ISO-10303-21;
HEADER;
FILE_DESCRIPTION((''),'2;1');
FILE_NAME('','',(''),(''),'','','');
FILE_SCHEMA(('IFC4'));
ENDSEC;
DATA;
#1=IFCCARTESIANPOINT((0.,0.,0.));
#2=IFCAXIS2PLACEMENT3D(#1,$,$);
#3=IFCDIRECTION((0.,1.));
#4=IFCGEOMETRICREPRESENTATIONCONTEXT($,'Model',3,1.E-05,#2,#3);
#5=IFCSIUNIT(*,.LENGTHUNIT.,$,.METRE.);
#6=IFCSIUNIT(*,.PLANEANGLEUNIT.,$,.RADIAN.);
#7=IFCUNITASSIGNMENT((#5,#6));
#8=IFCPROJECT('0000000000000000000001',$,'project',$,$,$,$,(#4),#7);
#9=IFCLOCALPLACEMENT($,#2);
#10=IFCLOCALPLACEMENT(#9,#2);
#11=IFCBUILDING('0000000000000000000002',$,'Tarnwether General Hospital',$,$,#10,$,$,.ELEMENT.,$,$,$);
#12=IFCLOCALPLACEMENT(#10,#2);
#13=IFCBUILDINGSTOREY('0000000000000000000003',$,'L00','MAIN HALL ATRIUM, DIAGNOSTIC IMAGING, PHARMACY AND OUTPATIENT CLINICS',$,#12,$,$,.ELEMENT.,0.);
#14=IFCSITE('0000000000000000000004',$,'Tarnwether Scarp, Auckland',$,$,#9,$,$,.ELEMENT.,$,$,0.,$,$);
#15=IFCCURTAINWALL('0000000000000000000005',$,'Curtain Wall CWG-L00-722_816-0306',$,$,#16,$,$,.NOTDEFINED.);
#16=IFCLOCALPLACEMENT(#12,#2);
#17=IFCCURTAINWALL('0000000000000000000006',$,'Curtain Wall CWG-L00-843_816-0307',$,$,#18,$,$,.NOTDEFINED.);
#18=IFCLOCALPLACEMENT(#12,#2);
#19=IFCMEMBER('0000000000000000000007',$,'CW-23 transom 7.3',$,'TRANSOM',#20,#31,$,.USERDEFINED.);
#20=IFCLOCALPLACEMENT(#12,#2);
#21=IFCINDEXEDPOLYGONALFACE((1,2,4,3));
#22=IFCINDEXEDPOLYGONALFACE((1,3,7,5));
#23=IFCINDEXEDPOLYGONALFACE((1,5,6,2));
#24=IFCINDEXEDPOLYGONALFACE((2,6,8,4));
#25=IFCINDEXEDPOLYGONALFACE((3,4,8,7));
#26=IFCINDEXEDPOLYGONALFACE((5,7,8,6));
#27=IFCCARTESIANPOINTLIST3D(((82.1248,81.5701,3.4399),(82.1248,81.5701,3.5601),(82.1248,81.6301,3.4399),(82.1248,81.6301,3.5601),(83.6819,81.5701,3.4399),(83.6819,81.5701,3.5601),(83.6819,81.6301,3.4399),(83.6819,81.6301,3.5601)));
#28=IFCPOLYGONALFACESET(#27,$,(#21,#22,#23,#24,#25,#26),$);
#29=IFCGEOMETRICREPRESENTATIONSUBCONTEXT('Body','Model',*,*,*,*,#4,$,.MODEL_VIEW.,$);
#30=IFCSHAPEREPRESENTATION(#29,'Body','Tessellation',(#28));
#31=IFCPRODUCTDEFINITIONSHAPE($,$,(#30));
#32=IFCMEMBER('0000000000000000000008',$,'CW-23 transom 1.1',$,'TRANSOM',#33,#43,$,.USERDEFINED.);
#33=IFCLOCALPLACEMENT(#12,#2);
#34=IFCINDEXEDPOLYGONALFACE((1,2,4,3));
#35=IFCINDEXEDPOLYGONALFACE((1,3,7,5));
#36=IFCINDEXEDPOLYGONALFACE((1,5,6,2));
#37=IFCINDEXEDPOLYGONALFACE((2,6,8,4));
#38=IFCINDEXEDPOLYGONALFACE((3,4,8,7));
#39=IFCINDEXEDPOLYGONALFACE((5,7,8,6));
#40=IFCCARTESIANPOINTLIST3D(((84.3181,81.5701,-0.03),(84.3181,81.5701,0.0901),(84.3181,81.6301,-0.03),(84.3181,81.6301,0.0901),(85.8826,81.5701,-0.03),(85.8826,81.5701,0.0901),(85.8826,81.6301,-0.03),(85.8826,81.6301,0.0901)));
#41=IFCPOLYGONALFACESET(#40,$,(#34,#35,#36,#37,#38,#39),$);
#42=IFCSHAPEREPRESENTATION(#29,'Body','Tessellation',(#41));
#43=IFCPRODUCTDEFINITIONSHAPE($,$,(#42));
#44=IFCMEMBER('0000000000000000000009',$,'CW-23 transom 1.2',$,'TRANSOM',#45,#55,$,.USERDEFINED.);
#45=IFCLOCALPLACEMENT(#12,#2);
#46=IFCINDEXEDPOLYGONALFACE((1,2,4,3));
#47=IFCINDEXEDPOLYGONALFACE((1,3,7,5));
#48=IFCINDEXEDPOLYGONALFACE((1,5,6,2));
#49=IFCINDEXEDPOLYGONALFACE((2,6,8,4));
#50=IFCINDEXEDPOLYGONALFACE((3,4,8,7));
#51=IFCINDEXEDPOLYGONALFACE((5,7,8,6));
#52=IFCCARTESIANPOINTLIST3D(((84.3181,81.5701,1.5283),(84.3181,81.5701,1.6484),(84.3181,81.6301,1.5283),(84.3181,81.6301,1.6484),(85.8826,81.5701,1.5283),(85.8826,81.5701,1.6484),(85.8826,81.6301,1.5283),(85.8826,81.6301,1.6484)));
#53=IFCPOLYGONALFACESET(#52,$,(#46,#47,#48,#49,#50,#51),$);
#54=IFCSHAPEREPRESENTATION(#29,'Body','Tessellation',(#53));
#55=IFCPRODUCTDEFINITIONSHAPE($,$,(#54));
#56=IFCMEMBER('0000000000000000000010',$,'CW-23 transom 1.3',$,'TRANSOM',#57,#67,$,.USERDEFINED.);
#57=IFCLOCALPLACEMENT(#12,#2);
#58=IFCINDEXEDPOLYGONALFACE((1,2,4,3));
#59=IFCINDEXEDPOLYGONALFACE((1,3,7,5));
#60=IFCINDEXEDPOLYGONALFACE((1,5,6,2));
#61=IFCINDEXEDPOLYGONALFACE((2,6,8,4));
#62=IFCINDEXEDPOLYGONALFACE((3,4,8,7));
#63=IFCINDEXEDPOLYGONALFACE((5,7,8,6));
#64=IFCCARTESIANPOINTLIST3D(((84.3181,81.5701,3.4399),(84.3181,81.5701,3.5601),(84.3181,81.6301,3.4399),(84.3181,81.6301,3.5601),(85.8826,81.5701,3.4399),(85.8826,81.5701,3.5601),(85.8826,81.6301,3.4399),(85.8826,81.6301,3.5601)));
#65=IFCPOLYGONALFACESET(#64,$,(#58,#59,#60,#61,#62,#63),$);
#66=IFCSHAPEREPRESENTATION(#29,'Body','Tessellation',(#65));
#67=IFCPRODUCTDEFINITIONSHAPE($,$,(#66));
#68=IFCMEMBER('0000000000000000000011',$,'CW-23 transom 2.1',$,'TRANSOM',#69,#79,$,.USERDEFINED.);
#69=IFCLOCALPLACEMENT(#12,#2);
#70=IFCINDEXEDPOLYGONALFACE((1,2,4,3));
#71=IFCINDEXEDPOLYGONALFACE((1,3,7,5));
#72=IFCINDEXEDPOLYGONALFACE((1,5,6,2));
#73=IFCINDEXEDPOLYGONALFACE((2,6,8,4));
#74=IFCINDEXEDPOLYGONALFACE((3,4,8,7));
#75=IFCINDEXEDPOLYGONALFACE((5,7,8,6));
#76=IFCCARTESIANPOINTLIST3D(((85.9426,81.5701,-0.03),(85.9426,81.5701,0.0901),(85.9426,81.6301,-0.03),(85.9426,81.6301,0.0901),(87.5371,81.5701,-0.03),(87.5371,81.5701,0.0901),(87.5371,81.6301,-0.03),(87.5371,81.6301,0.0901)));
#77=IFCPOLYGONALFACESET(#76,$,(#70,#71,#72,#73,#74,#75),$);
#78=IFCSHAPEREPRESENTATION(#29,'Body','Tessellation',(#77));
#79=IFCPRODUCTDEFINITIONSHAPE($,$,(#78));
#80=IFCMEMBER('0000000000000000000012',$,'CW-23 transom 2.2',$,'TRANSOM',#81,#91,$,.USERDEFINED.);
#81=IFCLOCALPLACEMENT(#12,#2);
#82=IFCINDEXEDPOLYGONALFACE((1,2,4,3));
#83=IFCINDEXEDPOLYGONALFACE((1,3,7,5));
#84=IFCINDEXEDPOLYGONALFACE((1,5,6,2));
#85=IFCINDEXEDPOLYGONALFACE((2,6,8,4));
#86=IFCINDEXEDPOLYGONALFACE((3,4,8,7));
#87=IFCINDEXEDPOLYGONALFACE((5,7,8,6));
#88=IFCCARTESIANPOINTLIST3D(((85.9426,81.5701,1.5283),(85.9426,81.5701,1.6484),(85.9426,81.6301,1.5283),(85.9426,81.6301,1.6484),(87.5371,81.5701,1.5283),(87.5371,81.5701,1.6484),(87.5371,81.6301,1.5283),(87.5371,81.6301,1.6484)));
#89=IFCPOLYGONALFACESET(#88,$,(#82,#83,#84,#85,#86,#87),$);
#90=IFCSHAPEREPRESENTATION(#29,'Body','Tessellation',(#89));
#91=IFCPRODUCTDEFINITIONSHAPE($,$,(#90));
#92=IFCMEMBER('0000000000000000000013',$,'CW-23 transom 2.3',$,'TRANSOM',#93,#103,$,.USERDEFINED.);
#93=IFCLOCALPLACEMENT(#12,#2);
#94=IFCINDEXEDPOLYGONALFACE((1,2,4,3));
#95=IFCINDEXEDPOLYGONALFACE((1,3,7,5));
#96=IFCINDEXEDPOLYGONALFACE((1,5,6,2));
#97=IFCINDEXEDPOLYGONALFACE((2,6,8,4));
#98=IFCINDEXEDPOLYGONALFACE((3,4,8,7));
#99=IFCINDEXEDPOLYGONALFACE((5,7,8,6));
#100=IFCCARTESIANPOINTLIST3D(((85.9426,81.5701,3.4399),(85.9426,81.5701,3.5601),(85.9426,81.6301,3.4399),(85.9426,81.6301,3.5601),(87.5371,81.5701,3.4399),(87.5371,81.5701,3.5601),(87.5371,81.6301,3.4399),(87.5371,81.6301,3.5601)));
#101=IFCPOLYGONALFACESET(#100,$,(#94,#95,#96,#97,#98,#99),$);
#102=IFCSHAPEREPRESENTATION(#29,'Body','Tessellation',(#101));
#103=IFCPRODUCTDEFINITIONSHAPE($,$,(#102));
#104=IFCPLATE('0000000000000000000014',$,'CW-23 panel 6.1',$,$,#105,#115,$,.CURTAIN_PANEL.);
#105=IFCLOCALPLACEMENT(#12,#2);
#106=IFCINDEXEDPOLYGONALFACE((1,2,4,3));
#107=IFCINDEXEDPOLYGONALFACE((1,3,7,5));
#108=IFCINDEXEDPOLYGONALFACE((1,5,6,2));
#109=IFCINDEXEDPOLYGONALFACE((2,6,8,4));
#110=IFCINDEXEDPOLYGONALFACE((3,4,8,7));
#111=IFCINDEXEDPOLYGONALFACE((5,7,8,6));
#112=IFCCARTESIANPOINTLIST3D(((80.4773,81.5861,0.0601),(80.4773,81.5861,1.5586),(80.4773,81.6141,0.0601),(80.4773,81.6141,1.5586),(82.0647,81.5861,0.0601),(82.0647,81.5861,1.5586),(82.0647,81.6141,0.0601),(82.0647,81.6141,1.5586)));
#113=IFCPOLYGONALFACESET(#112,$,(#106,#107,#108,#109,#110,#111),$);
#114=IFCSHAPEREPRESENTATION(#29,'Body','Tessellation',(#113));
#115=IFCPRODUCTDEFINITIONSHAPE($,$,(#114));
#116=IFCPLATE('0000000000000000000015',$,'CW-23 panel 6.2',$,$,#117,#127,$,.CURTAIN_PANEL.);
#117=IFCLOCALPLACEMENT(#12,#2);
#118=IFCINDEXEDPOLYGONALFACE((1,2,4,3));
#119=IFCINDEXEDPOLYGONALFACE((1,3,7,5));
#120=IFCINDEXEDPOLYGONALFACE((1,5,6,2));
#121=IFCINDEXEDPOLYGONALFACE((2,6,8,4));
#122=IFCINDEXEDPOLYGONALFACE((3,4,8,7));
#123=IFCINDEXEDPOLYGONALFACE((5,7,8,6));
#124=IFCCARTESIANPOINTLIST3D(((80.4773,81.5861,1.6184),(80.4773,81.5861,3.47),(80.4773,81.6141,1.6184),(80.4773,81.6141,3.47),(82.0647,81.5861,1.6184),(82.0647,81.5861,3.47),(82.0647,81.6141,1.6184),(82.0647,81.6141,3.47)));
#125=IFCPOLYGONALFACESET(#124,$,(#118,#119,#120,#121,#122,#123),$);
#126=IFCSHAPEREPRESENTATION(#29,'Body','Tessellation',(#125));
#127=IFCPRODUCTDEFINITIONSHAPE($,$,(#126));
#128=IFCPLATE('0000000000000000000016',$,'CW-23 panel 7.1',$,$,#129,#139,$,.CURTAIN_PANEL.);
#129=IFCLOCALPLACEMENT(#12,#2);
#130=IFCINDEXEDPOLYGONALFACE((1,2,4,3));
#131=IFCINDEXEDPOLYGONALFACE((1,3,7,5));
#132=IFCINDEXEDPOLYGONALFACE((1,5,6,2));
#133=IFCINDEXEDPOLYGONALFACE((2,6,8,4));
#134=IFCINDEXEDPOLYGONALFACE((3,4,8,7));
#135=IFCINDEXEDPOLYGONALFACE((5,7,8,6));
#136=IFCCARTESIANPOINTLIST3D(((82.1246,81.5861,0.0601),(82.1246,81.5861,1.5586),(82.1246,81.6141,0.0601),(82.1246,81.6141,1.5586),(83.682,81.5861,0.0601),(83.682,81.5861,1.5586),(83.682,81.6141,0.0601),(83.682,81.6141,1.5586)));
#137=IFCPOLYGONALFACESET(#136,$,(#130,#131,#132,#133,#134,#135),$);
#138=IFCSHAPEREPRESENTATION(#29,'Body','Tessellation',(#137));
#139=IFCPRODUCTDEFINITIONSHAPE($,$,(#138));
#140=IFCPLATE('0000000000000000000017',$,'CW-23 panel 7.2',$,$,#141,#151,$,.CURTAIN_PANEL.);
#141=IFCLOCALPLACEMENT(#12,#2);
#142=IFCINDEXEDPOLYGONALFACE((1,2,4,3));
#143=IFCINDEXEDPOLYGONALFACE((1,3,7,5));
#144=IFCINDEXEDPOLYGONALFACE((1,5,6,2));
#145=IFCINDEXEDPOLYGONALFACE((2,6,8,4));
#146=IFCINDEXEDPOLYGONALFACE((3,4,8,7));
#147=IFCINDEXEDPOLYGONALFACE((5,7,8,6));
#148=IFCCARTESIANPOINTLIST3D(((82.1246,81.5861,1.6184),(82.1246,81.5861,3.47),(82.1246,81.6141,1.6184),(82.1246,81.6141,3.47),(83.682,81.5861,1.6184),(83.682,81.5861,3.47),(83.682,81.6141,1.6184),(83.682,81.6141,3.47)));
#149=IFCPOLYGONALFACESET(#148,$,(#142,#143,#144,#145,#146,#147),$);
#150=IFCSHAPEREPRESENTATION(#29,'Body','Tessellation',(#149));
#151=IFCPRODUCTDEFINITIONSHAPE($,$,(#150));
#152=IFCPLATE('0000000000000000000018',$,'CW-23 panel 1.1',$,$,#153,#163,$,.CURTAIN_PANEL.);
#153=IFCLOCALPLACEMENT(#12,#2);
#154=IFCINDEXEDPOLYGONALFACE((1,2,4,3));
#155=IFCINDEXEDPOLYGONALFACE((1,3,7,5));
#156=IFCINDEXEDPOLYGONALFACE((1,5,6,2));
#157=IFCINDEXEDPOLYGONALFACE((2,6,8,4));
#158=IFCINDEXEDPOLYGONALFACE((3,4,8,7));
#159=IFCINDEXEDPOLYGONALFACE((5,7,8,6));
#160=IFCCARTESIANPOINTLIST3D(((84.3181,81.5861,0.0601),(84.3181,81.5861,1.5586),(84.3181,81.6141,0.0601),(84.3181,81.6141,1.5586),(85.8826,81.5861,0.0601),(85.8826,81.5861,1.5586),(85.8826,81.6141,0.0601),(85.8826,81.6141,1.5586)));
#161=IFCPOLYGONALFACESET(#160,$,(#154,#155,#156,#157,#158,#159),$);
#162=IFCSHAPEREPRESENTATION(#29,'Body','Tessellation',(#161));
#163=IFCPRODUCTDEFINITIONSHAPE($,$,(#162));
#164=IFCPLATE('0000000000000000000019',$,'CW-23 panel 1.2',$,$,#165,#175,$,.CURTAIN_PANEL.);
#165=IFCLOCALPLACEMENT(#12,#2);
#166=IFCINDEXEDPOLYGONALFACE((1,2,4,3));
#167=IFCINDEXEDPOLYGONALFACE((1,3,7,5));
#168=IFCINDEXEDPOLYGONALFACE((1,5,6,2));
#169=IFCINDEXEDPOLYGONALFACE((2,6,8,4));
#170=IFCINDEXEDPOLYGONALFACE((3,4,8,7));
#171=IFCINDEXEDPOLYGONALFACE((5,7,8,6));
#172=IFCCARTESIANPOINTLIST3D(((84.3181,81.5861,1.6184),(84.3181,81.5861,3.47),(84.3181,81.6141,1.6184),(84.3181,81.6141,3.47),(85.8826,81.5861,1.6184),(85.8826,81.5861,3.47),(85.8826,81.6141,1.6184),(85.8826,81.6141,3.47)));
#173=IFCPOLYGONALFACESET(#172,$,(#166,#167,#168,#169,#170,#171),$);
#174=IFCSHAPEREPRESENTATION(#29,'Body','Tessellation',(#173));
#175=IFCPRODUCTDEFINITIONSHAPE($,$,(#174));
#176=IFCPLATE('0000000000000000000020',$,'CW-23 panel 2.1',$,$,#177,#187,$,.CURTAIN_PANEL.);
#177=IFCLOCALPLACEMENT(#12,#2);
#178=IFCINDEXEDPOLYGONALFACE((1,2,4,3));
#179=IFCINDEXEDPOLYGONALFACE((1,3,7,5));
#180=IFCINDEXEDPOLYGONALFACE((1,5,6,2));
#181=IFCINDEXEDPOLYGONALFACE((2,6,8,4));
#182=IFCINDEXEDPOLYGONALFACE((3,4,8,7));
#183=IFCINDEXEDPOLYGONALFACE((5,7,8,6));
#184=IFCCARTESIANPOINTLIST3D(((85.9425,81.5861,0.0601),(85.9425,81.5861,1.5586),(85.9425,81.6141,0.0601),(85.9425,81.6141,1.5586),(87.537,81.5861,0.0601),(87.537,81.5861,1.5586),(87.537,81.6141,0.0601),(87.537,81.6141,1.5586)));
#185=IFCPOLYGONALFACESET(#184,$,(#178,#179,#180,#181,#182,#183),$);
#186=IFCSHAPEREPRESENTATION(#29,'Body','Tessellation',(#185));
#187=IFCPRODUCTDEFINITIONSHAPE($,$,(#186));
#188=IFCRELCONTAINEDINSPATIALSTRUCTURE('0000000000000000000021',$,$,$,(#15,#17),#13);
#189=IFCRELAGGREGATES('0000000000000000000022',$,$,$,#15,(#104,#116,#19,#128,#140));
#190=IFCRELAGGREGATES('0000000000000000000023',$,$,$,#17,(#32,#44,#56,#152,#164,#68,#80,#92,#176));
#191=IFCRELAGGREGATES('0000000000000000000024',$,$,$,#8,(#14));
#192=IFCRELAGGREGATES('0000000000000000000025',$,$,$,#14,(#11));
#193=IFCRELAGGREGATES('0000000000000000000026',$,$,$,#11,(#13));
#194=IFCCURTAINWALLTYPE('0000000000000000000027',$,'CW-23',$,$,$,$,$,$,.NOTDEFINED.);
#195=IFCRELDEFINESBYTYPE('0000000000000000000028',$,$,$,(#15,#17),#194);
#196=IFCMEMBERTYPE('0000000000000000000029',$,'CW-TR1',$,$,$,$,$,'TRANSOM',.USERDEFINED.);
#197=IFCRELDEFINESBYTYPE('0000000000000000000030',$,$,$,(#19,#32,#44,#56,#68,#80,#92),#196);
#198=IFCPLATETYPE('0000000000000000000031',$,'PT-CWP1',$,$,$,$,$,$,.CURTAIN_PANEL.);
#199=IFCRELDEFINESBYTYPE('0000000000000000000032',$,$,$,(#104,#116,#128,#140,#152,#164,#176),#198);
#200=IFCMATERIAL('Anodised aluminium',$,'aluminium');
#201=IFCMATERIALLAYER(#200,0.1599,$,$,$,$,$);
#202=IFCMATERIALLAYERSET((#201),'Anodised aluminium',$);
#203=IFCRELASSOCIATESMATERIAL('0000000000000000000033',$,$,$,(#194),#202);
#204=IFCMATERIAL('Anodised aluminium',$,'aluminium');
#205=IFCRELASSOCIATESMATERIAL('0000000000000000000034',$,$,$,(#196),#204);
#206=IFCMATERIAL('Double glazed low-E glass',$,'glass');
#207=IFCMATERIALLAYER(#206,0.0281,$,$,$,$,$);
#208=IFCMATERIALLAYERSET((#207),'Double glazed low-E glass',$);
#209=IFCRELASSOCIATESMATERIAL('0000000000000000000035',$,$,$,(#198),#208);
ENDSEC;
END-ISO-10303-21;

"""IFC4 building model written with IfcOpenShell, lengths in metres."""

from ifc_helpers import new_model, si_unit, direction, frame, origin, origin_2d, place, context, subcontext, project, spatial, rectangle, extrude, material, layer, layer_set, material_profile, profile_set, type_object, element, aggregate, save


model = new_model("IFC4")

# Units and contexts
model_context = context("Model", 3, precision=1e-05, world=origin(), true_north=direction((0.0, 1.0)))
body_context = subcontext(model_context, "Body", "Model", "MODEL_VIEW")
ifc_project = project(units=[si_unit("LENGTHUNIT", "METRE"), si_unit("PLANEANGLEUNIT", "RADIAN")], contexts=[model_context])

# Site, building, storey
site_placement = place(None, origin())
site = spatial("IfcSite", under=ifc_project, at=site_placement, Name="Tarnwether Scarp, Auckland", CompositionType="ELEMENT", RefElevation=0.0)
building_placement = place(site_placement, origin())
building = spatial("IfcBuilding", under=site, at=building_placement, Name="Tarnwether General Hospital", CompositionType="ELEMENT")
storey_placement = place(building_placement, origin())
storey = spatial("IfcBuildingStorey", under=building, at=storey_placement, Name="L00", Description="MAIN HALL ATRIUM, DIAGNOSTIC IMAGING, PHARMACY AND OUTPATIENT CLINICS", CompositionType="ELEMENT", Elevation=0.0)

# Curtain walls
ifc_material_1 = material(Name="Anodised aluminium", Category="aluminium")
ifc_layer_1 = layer(ifc_material_1, 0.1599)
ifc_layer_set_1 = layer_set([ifc_layer_1], Name="Anodised aluminium")
curtain_wall_type = type_object("IfcCurtainWallType", Name="CW-23", PredefinedType="NOTDEFINED", material=ifc_layer_set_1)
curtain_wall_1_placement = place(storey_placement, origin())
curtain_wall_1 = element("IfcCurtainWall", 1, at=curtain_wall_1_placement, inside=storey, type_object=curtain_wall_type, Name="Curtain Wall CWG-L00-722_816-0306", PredefinedType="NOTDEFINED")
curtain_wall_2_placement = place(storey_placement, origin())
curtain_wall_2 = element("IfcCurtainWall", 2, at=curtain_wall_2_placement, inside=storey, type_object=curtain_wall_type, Name="Curtain Wall CWG-L00-843_816-0307", PredefinedType="NOTDEFINED")

# Members
ifc_material_2 = material(Name="Anodised aluminium", Category="aluminium")
ifc_material_profile_1 = material_profile(ifc_material_2, rectangle(XDim=0.0601, YDim=0.1201, at=origin_2d()), Name="ALU-TRN-60x120")
ifc_profile_set_1 = profile_set([ifc_material_profile_1], Name="Anodised aluminium")
member_type_1 = type_object("IfcMemberType", Name="CW-TR1", ElementType="TRANSOM", PredefinedType="USERDEFINED", material=ifc_profile_set_1)
member_1_placement = place(storey_placement, frame((82.1248, 81.6001, 3.5), z_axis=(1.0, 0.0, 0.0), x_axis=(0.0, 1.0, 0.0)))
member_1 = element("IfcMember", 3, at=member_1_placement, type_object=member_type_1, Name="CW-23 transom 7.3", ObjectType="TRANSOM", PredefinedType="USERDEFINED", context=body_context, shape_type="SweptSolid", body=[
    extrude(rectangle(XDim=0.0601, YDim=0.1201, at=origin_2d()), origin(), (0.0, 0.0, 1.0), 1.5571),
])
member_2_placement = place(storey_placement, frame((84.3181, 81.6001, 0.03), z_axis=(1.0, 0.0, 0.0), x_axis=(0.0, 1.0, 0.0)))
member_2 = element("IfcMember", 4, at=member_2_placement, type_object=member_type_1, Name="CW-23 transom 1.1", ObjectType="TRANSOM", PredefinedType="USERDEFINED", context=body_context, shape_type="SweptSolid", body=[
    extrude(rectangle(XDim=0.0601, YDim=0.1201, at=origin_2d()), origin(), (0.0, 0.0, 1.0), 1.5645),
])
member_3_placement = place(storey_placement, frame((84.3181, 81.6001, 1.5884), z_axis=(1.0, 0.0, 0.0), x_axis=(0.0, 1.0, 0.0)))
member_3 = element("IfcMember", 5, at=member_3_placement, type_object=member_type_1, Name="CW-23 transom 1.2", ObjectType="TRANSOM", PredefinedType="USERDEFINED", context=body_context, shape_type="SweptSolid", body=[
    extrude(rectangle(XDim=0.0601, YDim=0.1201, at=origin_2d()), origin(), (0.0, 0.0, 1.0), 1.5645),
])
member_4_placement = place(storey_placement, frame((84.3181, 81.6001, 3.5), z_axis=(1.0, 0.0, 0.0), x_axis=(0.0, 1.0, 0.0)))
member_4 = element("IfcMember", 6, at=member_4_placement, type_object=member_type_1, Name="CW-23 transom 1.3", ObjectType="TRANSOM", PredefinedType="USERDEFINED", context=body_context, shape_type="SweptSolid", body=[
    extrude(rectangle(XDim=0.0601, YDim=0.1201, at=origin_2d()), origin(), (0.0, 0.0, 1.0), 1.5645),
])
member_5_placement = place(storey_placement, frame((85.9426, 81.6001, 0.03), z_axis=(1.0, 0.0, 0.0), x_axis=(0.0, 1.0, 0.0)))
member_5 = element("IfcMember", 7, at=member_5_placement, type_object=member_type_1, Name="CW-23 transom 2.1", ObjectType="TRANSOM", PredefinedType="USERDEFINED", context=body_context, shape_type="SweptSolid", body=[
    extrude(rectangle(XDim=0.0601, YDim=0.1201, at=origin_2d()), origin(), (0.0, 0.0, 1.0), 1.5945),
])
member_6_placement = place(storey_placement, frame((85.9426, 81.6001, 1.5884), z_axis=(1.0, 0.0, 0.0), x_axis=(0.0, 1.0, 0.0)))
member_6 = element("IfcMember", 8, at=member_6_placement, type_object=member_type_1, Name="CW-23 transom 2.2", ObjectType="TRANSOM", PredefinedType="USERDEFINED", context=body_context, shape_type="SweptSolid", body=[
    extrude(rectangle(XDim=0.0601, YDim=0.1201, at=origin_2d()), origin(), (0.0, 0.0, 1.0), 1.5945),
])
member_7_placement = place(storey_placement, frame((85.9426, 81.6001, 3.5), z_axis=(1.0, 0.0, 0.0), x_axis=(0.0, 1.0, 0.0)))
member_7 = element("IfcMember", 9, at=member_7_placement, type_object=member_type_1, Name="CW-23 transom 2.3", ObjectType="TRANSOM", PredefinedType="USERDEFINED", context=body_context, shape_type="SweptSolid", body=[
    extrude(rectangle(XDim=0.0601, YDim=0.1201, at=origin_2d()), origin(), (0.0, 0.0, 1.0), 1.5945),
])

# Plates
ifc_material_3 = material(Name="Double glazed low-E glass", Category="glass")
ifc_layer_2 = layer(ifc_material_3, 0.0281)
ifc_layer_set_2 = layer_set([ifc_layer_2], Name="Double glazed low-E glass")
plate_type = type_object("IfcPlateType", Name="PT-CWP1", PredefinedType="CURTAIN_PANEL", material=ifc_layer_set_2)
plate_1_placement = place(storey_placement, frame((81.271, 81.6001, 0.0601), z_axis=(0.0, 0.0, 1.0), x_axis=(1.0, 0.0, 0.0)))
plate_1 = element("IfcPlate", 10, at=plate_1_placement, type_object=plate_type, Name="CW-23 panel 6.1", PredefinedType="CURTAIN_PANEL", context=body_context, shape_type="SweptSolid", body=[
    extrude(rectangle(XDim=1.5874, YDim=0.0281, at=origin_2d()), origin(), (0.0, 0.0, 1.0), 1.4985),
])
plate_2_placement = place(storey_placement, frame((81.271, 81.6001, 1.6184), z_axis=(0.0, 0.0, 1.0), x_axis=(1.0, 0.0, 0.0)))
plate_2 = element("IfcPlate", 11, at=plate_2_placement, type_object=plate_type, Name="CW-23 panel 6.2", PredefinedType="CURTAIN_PANEL", context=body_context, shape_type="SweptSolid", body=[
    extrude(rectangle(XDim=1.5874, YDim=0.0281, at=origin_2d()), origin(), (0.0, 0.0, 1.0), 1.8516),
])
plate_3_placement = place(storey_placement, frame((82.9033, 81.6001, 0.0601), z_axis=(0.0, 0.0, 1.0), x_axis=(1.0, 0.0, 0.0)))
plate_3 = element("IfcPlate", 12, at=plate_3_placement, type_object=plate_type, Name="CW-23 panel 7.1", PredefinedType="CURTAIN_PANEL", context=body_context, shape_type="SweptSolid", body=[
    extrude(rectangle(XDim=1.5574, YDim=0.0281, at=origin_2d()), origin(), (0.0, 0.0, 1.0), 1.4985),
])
plate_4_placement = place(storey_placement, frame((82.9033, 81.6001, 1.6184), z_axis=(0.0, 0.0, 1.0), x_axis=(1.0, 0.0, 0.0)))
plate_4 = element("IfcPlate", 13, at=plate_4_placement, type_object=plate_type, Name="CW-23 panel 7.2", PredefinedType="CURTAIN_PANEL", context=body_context, shape_type="SweptSolid", body=[
    extrude(rectangle(XDim=1.5574, YDim=0.0281, at=origin_2d()), origin(), (0.0, 0.0, 1.0), 1.8516),
])
aggregate(curtain_wall_1, [plate_1, plate_2, member_1, plate_3, plate_4])
plate_5_placement = place(storey_placement, frame((85.1003, 81.6001, 0.0601), z_axis=(0.0, 0.0, 1.0), x_axis=(1.0, 0.0, 0.0)))
plate_5 = element("IfcPlate", 14, at=plate_5_placement, type_object=plate_type, Name="CW-23 panel 1.1", PredefinedType="CURTAIN_PANEL", context=body_context, shape_type="SweptSolid", body=[
    extrude(rectangle(XDim=1.5645, YDim=0.0281, at=origin_2d()), origin(), (0.0, 0.0, 1.0), 1.4985),
])
plate_6_placement = place(storey_placement, frame((85.1003, 81.6001, 1.6184), z_axis=(0.0, 0.0, 1.0), x_axis=(1.0, 0.0, 0.0)))
plate_6 = element("IfcPlate", 15, at=plate_6_placement, type_object=plate_type, Name="CW-23 panel 1.2", PredefinedType="CURTAIN_PANEL", context=body_context, shape_type="SweptSolid", body=[
    extrude(rectangle(XDim=1.5645, YDim=0.0281, at=origin_2d()), origin(), (0.0, 0.0, 1.0), 1.8516),
])
plate_7_placement = place(storey_placement, frame((86.7397, 81.6001, 0.0601), z_axis=(0.0, 0.0, 1.0), x_axis=(1.0, 0.0, 0.0)))
plate_7 = element("IfcPlate", 16, at=plate_7_placement, type_object=plate_type, Name="CW-23 panel 2.1", PredefinedType="CURTAIN_PANEL", context=body_context, shape_type="SweptSolid", body=[
    extrude(rectangle(XDim=1.5945, YDim=0.0281, at=origin_2d()), origin(), (0.0, 0.0, 1.0), 1.4985),
])
aggregate(curtain_wall_2, [member_2, member_3, member_4, plate_5, plate_6, member_5, member_6, member_7, plate_7])

save(model, "model.ifc")
